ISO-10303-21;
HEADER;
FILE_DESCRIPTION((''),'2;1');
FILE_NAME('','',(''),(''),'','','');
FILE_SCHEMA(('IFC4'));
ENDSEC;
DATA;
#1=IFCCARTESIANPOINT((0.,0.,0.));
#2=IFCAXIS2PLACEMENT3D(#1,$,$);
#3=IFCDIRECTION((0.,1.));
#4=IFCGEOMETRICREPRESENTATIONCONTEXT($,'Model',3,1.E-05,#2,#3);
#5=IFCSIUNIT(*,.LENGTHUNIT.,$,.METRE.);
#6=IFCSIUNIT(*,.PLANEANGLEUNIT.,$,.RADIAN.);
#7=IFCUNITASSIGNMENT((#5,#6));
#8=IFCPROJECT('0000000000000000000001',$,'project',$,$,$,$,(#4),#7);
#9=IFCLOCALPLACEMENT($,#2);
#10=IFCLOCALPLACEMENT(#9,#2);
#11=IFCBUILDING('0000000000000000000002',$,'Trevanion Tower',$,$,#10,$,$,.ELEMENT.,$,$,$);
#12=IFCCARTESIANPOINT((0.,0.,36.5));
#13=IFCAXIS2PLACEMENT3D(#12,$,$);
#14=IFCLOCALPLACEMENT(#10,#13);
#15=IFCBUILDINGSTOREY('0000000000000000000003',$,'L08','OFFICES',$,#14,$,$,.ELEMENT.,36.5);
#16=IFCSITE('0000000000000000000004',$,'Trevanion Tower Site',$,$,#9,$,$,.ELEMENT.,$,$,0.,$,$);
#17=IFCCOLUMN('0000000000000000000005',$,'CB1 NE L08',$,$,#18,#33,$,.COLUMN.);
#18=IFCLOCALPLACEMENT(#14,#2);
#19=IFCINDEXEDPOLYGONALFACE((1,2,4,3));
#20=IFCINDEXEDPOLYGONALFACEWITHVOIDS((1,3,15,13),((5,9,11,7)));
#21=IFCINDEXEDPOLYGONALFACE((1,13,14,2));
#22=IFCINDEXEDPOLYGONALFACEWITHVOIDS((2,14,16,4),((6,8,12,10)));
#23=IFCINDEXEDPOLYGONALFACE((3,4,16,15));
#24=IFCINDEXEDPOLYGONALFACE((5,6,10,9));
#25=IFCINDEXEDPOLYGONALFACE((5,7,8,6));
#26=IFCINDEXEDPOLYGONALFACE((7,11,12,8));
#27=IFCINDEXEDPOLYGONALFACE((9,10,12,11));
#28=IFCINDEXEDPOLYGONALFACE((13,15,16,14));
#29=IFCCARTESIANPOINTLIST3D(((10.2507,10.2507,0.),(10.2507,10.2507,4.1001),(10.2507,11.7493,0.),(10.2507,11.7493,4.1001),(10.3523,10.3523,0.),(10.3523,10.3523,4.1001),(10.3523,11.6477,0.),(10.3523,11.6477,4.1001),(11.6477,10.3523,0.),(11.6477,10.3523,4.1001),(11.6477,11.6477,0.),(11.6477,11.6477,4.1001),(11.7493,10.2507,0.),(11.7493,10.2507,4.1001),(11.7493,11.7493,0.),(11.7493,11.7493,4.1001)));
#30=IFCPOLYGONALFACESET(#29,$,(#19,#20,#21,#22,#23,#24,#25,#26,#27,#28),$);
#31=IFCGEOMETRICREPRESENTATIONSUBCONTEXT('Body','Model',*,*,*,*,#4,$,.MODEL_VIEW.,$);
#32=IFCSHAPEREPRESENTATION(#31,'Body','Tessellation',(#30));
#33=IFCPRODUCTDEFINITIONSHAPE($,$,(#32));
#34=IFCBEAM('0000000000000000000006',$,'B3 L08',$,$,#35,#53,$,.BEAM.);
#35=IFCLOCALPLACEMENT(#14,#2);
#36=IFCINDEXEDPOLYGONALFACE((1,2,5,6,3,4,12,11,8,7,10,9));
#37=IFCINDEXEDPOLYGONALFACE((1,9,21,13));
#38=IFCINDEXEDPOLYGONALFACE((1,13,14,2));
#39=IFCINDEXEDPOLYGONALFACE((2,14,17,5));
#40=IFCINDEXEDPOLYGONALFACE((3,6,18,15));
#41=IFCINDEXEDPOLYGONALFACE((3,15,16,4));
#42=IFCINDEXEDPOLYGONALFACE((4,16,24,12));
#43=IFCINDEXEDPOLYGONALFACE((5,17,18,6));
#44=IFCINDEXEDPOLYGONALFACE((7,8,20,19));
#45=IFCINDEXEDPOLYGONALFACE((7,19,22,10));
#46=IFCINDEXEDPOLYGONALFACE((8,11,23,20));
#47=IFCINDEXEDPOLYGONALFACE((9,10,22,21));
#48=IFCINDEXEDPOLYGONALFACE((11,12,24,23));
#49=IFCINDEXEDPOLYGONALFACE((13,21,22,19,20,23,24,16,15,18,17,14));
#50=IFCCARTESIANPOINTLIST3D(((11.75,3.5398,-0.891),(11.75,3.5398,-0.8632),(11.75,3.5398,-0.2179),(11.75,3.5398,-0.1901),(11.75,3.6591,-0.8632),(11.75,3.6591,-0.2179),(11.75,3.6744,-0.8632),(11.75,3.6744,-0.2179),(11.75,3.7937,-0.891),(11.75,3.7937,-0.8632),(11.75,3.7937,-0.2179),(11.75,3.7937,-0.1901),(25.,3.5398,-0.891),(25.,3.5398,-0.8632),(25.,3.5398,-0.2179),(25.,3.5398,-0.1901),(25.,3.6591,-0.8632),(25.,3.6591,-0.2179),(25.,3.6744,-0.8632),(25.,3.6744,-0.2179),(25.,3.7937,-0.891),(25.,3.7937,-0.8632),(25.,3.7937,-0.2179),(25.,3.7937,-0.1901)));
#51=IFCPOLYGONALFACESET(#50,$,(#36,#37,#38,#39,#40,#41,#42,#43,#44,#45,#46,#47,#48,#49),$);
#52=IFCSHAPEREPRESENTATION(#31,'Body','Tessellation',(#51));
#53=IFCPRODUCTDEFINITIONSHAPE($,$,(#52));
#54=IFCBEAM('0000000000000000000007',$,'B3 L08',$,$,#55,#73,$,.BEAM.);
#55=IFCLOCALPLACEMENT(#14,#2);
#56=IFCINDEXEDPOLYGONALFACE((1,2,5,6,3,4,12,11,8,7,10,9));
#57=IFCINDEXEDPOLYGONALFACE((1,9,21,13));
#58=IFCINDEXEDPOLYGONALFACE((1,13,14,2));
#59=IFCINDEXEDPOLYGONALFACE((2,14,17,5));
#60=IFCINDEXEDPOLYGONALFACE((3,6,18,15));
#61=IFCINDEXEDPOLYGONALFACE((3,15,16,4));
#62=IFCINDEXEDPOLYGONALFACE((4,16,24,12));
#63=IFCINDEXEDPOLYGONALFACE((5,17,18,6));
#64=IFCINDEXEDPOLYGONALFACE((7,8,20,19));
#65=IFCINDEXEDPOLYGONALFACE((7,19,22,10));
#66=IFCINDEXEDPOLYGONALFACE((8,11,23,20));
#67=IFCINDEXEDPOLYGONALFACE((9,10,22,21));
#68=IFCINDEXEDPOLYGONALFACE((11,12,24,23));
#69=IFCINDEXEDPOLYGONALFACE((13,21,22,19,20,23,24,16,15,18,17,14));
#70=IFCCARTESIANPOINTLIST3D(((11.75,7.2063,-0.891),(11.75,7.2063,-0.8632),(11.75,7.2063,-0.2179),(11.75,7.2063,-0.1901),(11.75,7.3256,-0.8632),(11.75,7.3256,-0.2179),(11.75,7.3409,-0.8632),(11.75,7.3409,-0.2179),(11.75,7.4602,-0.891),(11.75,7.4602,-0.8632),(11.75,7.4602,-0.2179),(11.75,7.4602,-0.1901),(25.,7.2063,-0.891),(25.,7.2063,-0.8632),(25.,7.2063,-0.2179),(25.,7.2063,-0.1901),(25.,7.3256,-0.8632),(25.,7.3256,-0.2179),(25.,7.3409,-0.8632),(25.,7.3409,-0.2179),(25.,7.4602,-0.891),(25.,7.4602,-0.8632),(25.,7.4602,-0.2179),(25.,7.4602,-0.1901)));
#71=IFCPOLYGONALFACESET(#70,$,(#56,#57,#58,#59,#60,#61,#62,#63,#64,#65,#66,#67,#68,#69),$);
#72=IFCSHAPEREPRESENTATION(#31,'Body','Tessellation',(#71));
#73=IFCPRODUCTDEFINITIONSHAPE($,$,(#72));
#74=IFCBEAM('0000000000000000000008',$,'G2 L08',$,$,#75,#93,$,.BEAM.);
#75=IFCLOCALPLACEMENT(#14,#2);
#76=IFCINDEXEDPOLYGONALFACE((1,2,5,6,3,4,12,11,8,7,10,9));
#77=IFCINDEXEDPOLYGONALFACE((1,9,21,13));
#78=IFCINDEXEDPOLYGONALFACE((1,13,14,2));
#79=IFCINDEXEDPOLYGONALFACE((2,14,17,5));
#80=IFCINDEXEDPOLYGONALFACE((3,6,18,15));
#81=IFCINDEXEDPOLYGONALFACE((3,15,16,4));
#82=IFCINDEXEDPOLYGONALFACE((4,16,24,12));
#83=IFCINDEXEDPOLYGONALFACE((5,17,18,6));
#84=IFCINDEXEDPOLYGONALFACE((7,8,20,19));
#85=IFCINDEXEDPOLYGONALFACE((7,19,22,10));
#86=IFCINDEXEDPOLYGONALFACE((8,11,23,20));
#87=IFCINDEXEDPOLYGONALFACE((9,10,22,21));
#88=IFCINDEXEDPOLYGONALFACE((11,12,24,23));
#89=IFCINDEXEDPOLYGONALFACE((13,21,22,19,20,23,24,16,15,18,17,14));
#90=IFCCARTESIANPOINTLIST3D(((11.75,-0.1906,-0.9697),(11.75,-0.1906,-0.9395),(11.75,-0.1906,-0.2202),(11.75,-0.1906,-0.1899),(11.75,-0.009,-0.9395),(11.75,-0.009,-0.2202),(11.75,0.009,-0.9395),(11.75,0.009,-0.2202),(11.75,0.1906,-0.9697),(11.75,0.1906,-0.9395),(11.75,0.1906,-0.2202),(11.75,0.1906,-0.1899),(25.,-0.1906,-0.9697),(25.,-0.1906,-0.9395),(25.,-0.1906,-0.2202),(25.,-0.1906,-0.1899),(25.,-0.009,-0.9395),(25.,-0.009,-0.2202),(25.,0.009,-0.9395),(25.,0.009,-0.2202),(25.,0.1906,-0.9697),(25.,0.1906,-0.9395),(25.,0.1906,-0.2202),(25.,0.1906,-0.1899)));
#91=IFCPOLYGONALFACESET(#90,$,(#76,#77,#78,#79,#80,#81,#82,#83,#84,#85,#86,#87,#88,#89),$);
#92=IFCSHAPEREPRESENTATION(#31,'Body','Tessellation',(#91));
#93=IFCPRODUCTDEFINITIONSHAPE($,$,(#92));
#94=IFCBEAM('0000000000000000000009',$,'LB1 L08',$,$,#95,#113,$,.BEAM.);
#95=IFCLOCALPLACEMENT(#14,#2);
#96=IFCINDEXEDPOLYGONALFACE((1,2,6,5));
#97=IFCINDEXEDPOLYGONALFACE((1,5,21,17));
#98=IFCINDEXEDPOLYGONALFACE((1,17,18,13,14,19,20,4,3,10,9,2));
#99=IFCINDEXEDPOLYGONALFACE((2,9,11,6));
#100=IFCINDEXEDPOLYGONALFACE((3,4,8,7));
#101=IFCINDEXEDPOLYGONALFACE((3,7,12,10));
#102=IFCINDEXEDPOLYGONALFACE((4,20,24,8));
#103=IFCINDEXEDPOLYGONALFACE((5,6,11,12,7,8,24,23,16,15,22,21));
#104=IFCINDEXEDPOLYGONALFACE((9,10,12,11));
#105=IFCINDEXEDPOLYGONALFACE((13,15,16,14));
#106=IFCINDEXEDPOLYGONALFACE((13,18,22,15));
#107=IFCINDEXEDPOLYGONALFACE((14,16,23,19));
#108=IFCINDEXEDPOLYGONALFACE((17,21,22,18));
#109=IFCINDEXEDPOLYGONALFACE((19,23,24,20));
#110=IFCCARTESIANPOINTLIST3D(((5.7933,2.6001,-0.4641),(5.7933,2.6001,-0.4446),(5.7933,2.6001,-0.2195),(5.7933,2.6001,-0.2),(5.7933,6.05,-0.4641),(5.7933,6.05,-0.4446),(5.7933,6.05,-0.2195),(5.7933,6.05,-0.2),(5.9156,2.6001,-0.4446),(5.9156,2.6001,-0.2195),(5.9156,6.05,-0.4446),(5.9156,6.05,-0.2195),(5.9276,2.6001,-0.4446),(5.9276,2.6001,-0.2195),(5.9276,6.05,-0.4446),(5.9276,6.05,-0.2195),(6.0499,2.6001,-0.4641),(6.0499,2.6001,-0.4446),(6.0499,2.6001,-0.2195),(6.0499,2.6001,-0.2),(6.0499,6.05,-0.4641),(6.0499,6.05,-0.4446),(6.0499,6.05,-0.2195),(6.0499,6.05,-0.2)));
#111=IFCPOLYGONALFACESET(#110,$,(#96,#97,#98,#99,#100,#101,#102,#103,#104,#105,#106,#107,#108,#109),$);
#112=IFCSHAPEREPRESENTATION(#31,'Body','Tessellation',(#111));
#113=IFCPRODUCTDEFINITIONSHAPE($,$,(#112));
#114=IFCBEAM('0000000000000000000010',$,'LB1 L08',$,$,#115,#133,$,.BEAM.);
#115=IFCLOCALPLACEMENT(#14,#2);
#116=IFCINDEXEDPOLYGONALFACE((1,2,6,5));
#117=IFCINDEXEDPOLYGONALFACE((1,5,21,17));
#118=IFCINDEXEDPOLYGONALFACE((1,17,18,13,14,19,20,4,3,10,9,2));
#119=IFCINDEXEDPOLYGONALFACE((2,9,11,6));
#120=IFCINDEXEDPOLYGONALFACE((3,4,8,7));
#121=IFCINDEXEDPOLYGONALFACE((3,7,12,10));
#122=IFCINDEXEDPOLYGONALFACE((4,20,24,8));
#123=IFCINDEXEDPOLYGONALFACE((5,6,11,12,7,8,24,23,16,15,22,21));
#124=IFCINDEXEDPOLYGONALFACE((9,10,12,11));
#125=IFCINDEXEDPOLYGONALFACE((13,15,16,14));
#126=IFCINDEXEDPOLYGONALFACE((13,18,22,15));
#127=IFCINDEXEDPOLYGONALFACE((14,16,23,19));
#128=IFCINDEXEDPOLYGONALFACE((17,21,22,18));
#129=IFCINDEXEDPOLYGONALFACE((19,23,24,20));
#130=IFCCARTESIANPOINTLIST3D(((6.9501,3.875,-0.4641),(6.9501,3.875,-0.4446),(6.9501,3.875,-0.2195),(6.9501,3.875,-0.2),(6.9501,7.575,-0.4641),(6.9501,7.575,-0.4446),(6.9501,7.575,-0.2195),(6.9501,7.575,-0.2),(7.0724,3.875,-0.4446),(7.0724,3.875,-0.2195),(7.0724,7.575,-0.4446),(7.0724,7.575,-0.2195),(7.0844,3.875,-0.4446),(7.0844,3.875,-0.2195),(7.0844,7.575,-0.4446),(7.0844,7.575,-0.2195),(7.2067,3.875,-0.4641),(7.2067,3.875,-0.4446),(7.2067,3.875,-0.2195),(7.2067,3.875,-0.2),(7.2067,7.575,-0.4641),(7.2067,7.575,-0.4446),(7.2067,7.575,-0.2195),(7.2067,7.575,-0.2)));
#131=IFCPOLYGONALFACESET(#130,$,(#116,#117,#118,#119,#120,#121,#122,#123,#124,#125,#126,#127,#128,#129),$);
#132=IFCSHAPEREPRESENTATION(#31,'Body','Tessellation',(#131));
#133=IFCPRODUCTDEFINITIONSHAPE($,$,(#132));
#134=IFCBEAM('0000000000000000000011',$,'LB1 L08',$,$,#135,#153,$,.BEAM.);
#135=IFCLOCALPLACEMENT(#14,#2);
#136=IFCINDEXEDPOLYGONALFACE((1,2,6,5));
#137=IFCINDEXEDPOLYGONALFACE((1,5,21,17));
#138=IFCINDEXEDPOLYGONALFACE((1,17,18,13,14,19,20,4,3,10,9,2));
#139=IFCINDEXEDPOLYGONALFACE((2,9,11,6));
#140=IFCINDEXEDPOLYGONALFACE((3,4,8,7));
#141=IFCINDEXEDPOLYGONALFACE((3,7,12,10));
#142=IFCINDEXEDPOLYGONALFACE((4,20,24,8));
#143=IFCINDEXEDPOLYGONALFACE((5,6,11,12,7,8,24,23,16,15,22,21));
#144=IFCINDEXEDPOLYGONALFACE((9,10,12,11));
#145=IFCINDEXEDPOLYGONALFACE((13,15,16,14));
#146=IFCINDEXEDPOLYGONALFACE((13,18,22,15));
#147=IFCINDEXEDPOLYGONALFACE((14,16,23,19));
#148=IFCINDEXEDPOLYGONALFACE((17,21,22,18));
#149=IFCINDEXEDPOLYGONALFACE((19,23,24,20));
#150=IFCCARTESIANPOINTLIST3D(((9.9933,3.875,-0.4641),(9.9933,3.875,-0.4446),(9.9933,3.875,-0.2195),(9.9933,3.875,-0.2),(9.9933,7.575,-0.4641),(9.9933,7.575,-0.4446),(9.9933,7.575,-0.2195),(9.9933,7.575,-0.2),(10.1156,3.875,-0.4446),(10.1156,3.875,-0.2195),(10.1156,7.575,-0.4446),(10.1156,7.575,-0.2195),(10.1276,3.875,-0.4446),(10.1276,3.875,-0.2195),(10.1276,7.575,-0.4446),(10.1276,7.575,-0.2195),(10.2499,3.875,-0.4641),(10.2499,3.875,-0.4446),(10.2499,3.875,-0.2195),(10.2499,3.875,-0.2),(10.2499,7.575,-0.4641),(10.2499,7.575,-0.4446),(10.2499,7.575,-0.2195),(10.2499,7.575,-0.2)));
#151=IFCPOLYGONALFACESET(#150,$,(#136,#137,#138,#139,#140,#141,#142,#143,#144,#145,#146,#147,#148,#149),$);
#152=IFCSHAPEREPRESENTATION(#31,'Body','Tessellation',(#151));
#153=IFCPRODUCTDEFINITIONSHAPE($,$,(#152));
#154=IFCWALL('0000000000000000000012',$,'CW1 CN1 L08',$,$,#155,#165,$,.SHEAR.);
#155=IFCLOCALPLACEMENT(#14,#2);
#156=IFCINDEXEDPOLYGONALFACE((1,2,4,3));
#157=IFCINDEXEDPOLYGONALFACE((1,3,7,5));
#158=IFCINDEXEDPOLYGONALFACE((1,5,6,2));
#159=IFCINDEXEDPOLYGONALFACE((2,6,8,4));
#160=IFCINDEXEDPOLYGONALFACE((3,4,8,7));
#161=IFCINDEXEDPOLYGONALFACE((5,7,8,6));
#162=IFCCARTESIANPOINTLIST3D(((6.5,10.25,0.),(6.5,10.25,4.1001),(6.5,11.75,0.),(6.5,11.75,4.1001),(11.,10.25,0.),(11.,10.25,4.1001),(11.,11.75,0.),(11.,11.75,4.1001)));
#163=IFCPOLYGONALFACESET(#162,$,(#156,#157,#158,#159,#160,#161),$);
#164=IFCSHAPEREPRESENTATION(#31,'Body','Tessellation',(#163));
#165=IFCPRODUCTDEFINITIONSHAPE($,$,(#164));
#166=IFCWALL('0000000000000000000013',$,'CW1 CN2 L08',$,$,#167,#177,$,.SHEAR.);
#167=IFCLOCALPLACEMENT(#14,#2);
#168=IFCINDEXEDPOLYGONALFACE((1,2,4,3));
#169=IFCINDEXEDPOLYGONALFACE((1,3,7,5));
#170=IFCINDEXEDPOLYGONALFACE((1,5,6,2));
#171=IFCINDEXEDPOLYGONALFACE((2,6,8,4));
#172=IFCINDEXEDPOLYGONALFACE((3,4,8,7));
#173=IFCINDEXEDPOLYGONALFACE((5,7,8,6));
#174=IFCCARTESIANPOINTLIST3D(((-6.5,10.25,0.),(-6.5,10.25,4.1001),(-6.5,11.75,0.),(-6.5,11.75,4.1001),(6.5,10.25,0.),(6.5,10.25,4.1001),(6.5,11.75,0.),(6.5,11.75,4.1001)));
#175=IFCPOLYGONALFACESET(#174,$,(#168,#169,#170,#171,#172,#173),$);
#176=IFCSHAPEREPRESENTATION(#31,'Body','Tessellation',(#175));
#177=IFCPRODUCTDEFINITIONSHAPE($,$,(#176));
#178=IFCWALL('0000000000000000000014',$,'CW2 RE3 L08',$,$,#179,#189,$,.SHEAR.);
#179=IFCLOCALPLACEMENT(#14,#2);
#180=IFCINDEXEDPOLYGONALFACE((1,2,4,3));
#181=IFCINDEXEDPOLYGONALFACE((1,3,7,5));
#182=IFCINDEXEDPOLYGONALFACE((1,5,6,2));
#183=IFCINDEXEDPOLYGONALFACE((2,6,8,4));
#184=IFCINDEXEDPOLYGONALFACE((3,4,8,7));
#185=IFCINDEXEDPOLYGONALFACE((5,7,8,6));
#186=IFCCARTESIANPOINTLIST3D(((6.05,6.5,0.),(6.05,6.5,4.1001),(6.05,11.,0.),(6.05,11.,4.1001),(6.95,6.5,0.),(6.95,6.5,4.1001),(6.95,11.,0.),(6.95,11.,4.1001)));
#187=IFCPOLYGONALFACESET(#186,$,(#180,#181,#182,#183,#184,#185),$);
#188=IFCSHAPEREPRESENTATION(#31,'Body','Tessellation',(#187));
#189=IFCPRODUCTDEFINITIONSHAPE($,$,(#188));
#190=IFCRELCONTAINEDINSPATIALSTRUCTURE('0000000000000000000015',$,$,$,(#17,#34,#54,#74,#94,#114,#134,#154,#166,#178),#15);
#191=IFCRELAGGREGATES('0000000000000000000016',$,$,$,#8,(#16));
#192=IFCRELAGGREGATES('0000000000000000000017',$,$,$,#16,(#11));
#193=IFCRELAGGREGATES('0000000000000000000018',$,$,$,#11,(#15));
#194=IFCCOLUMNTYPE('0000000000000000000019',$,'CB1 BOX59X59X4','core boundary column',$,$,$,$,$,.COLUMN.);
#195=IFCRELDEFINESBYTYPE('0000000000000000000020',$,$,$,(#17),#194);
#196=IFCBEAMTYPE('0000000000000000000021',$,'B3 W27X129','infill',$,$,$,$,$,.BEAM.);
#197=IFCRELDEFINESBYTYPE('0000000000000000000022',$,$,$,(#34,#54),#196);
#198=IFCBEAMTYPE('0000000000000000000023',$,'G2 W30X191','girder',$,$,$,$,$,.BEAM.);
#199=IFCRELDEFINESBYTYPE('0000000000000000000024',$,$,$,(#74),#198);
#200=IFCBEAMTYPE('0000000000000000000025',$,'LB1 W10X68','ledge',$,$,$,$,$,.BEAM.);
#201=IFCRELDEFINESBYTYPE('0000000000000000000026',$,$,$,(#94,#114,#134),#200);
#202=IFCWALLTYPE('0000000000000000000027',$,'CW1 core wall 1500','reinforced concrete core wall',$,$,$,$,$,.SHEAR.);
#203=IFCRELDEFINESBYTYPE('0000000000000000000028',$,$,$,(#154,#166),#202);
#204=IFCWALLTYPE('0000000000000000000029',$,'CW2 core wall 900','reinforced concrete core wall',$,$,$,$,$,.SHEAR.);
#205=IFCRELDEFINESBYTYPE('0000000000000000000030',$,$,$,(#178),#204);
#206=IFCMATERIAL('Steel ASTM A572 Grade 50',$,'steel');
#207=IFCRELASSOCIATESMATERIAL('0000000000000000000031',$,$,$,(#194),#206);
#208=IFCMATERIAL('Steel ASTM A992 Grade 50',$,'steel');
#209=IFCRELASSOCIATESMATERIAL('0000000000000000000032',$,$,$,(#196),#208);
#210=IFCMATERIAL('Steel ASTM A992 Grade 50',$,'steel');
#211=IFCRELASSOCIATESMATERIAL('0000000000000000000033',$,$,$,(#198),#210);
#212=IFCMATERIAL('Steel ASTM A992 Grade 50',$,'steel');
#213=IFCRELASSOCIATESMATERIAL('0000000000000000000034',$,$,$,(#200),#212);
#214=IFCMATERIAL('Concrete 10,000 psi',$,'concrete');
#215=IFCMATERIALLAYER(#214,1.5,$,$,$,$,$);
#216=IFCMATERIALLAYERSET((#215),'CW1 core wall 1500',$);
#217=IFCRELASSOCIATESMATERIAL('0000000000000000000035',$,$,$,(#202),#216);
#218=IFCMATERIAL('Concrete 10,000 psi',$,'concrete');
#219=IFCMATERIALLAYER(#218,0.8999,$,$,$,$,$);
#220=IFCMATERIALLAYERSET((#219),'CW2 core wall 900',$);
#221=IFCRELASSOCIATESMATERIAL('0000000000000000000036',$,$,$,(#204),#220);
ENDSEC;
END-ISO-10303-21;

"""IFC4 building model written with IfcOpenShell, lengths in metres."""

from ifc_helpers import new_model, si_unit, direction, frame, frame_2d, origin, origin_2d, place, context, subcontext, project, spatial, rectangle, hollow_rectangle, i_section, extrude, material, layer, layer_set, material_profile, profile_set, type_object, element, save


model = new_model("IFC4")

# Units and contexts
model_context = context("Model", 3, precision=1e-05, world=origin(), true_north=direction((0.0, 1.0)))
body_context = subcontext(model_context, "Body", "Model", "MODEL_VIEW")
ifc_project = project(units=[si_unit("LENGTHUNIT", "METRE"), si_unit("PLANEANGLEUNIT", "RADIAN")], contexts=[model_context])

# Site, building, storey
site_placement = place(None, origin())
site = spatial("IfcSite", under=ifc_project, at=site_placement, Name="Trevanion Tower Site", CompositionType="ELEMENT", RefElevation=0.0)
building_placement = place(site_placement, origin())
building = spatial("IfcBuilding", under=site, at=building_placement, Name="Trevanion Tower", CompositionType="ELEMENT")
storey_placement = place(building_placement, frame((0.0, 0.0, 36.5)))
storey = spatial("IfcBuildingStorey", under=building, at=storey_placement, Name="L08", Description="OFFICES", CompositionType="ELEMENT", Elevation=36.5)

# Column
ifc_material_1 = material(Name="Steel ASTM A572 Grade 50", Category="steel")
ifc_material_profile_1 = material_profile(ifc_material_1, hollow_rectangle(XDim=1.4985, YDim=1.4985, WallThickness=0.1016, at=origin_2d()), Name="BOX59X59X4")
ifc_profile_set_1 = profile_set([ifc_material_profile_1], Name="Steel ASTM A572 Grade 50")
column_type = type_object("IfcColumnType", Name="CB1 BOX59X59X4", Description="core boundary column", PredefinedType="COLUMN", material=ifc_profile_set_1)
column_placement = place(storey_placement, frame((11.0, 11.0, 0.0), z_axis=(0.0, 0.0, 1.0), x_axis=(1.0, 0.0, 0.0)))
element("IfcColumn", 1, at=column_placement, inside=storey, type_object=column_type, Name="CB1 NE L08", PredefinedType="COLUMN", context=body_context, shape_type="SweptSolid", body=[
    extrude(hollow_rectangle(XDim=1.4985, YDim=1.4985, WallThickness=0.1016, at=origin_2d()), origin(), (0.0, 0.0, 1.0), 4.1001),
])

# Beams
ifc_material_2 = material(Name="Steel ASTM A992 Grade 50", Category="steel")
ifc_material_profile_2 = material_profile(ifc_material_2, i_section(OverallWidth=0.2539, OverallDepth=0.7009, WebThickness=0.0154, FlangeThickness=0.0278, at=origin_2d()), Name="W27X129")
ifc_profile_set_2 = profile_set([ifc_material_profile_2], Name="Steel ASTM A992 Grade 50")
beam_type_1 = type_object("IfcBeamType", Name="B3 W27X129", Description="infill", PredefinedType="BEAM", material=ifc_profile_set_2)
for number, where, z_axis, x_axis, name in (
    (2, (11.75, 3.6667, -0.5405), (1.0, 0.0, 0.0), (0.0, 1.0, 0.0), "B3 L08"),
    (3, (11.75, 7.3333, -0.5405), (1.0, 0.0, 0.0), (0.0, 1.0, 0.0), "B3 L08"),
):
    element("IfcBeam", number, at=place(storey_placement, frame(where, z_axis=z_axis, x_axis=x_axis)), inside=storey, type_object=beam_type_1, Name=name, PredefinedType="BEAM", context=body_context, shape_type="SweptSolid", body=[
        extrude(i_section(OverallWidth=0.2539, OverallDepth=0.7009, WebThickness=0.0154, FlangeThickness=0.0278, at=origin_2d()), origin(), (0.0, 0.0, 1.0), 13.25),
    ])
ifc_material_3 = material(Name="Steel ASTM A992 Grade 50", Category="steel")
ifc_material_profile_3 = material_profile(ifc_material_3, i_section(OverallWidth=0.3811, OverallDepth=0.7798, WebThickness=0.0181, FlangeThickness=0.0303, at=origin_2d()), Name="W30X191")
ifc_profile_set_3 = profile_set([ifc_material_profile_3], Name="Steel ASTM A992 Grade 50")
beam_type_2 = type_object("IfcBeamType", Name="G2 W30X191", Description="girder", PredefinedType="BEAM", material=ifc_profile_set_3)
beam_1_placement = place(storey_placement, frame((11.75, 0.0, -0.5798), z_axis=(1.0, 0.0, 0.0), x_axis=(0.0, 1.0, 0.0)))
element("IfcBeam", 4, at=beam_1_placement, inside=storey, type_object=beam_type_2, Name="G2 L08", PredefinedType="BEAM", context=body_context, shape_type="SweptSolid", body=[
    extrude(i_section(OverallWidth=0.3811, OverallDepth=0.7798, WebThickness=0.0181, FlangeThickness=0.0303, at=origin_2d()), origin(), (0.0, 0.0, 1.0), 13.25),
])
ifc_material_4 = material(Name="Steel ASTM A992 Grade 50", Category="steel")
ifc_material_profile_4 = material_profile(ifc_material_4, i_section(OverallWidth=0.2566, OverallDepth=0.2642, WebThickness=0.012, FlangeThickness=0.0195, at=origin_2d()), Name="W10X68")
ifc_profile_set_4 = profile_set([ifc_material_profile_4], Name="Steel ASTM A992 Grade 50")
beam_type_3 = type_object("IfcBeamType", Name="LB1 W10X68", Description="ledge", PredefinedType="BEAM", material=ifc_profile_set_4)
beam_2_placement = place(storey_placement, frame((5.9216, 2.6001, -0.332), z_axis=(0.0, 1.0, 0.0), x_axis=(-1.0, 0.0, 0.0)))
element("IfcBeam", 5, at=beam_2_placement, inside=storey, type_object=beam_type_3, Name="LB1 L08", PredefinedType="BEAM", context=body_context, shape_type="SweptSolid", body=[
    extrude(i_section(OverallWidth=0.2566, OverallDepth=0.2642, WebThickness=0.012, FlangeThickness=0.0195, at=origin_2d()), origin(), (0.0, 0.0, 1.0), 3.45),
])
for number, where, z_axis, x_axis, name in (
    (6, (7.0784, 3.875, -0.332), (0.0, 1.0, 0.0), (-1.0, 0.0, 0.0), "LB1 L08"),
    (7, (10.1216, 3.875, -0.332), (0.0, 1.0, 0.0), (-1.0, 0.0, 0.0), "LB1 L08"),
):
    element("IfcBeam", number, at=place(storey_placement, frame(where, z_axis=z_axis, x_axis=x_axis)), inside=storey, type_object=beam_type_3, Name=name, PredefinedType="BEAM", context=body_context, shape_type="SweptSolid", body=[
        extrude(i_section(OverallWidth=0.2566, OverallDepth=0.2642, WebThickness=0.012, FlangeThickness=0.0195, at=origin_2d()), origin(), (0.0, 0.0, 1.0), 3.7),
    ])

# Walls
ifc_material_5 = material(Name="Concrete 10,000 psi", Category="concrete")
ifc_layer_1 = layer(ifc_material_5, 1.5)
ifc_layer_set_1 = layer_set([ifc_layer_1], Name="CW1 core wall 1500")
wall_type_1 = type_object("IfcWallType", Name="CW1 core wall 1500", Description="reinforced concrete core wall", PredefinedType="SHEAR", material=ifc_layer_set_1)
wall_1_placement = place(storey_placement, frame((11.0, 11.0, 0.0), z_axis=(0.0, 0.0, 1.0), x_axis=(-1.0, 0.0, 0.0)))
element("IfcWall", 8, at=wall_1_placement, inside=storey, type_object=wall_type_1, Name="CW1 CN1 L08", PredefinedType="SHEAR", context=body_context, shape_type="SweptSolid", body=[
    extrude(rectangle(XDim=4.5, YDim=1.5, at=frame_2d((2.25, 0.0))), origin(), (0.0, 0.0, 1.0), 4.1001),
])
wall_2_placement = place(storey_placement, frame((6.5, 11.0, 0.0), z_axis=(0.0, 0.0, 1.0), x_axis=(-1.0, 0.0, 0.0)))
element("IfcWall", 9, at=wall_2_placement, inside=storey, type_object=wall_type_1, Name="CW1 CN2 L08", PredefinedType="SHEAR", context=body_context, shape_type="SweptSolid", body=[
    extrude(rectangle(XDim=13.0, YDim=1.5, at=frame_2d((6.5, 0.0))), origin(), (0.0, 0.0, 1.0), 4.1001),
])
ifc_material_6 = material(Name="Concrete 10,000 psi", Category="concrete")
ifc_layer_2 = layer(ifc_material_6, 0.8999)
ifc_layer_set_2 = layer_set([ifc_layer_2], Name="CW2 core wall 900")
wall_type_2 = type_object("IfcWallType", Name="CW2 core wall 900", Description="reinforced concrete core wall", PredefinedType="SHEAR", material=ifc_layer_set_2)
wall_3_placement = place(storey_placement, frame((6.5, 6.5, 0.0), z_axis=(0.0, 0.0, 1.0), x_axis=(0.0, 1.0, 0.0)))
element("IfcWall", 10, at=wall_3_placement, inside=storey, type_object=wall_type_2, Name="CW2 RE3 L08", PredefinedType="SHEAR", context=body_context, shape_type="SweptSolid", body=[
    extrude(rectangle(XDim=4.5, YDim=0.8999, at=frame_2d((2.25, 0.0))), origin(), (0.0, 0.0, 1.0), 4.1001),
])

save(model, "model.ifc")
